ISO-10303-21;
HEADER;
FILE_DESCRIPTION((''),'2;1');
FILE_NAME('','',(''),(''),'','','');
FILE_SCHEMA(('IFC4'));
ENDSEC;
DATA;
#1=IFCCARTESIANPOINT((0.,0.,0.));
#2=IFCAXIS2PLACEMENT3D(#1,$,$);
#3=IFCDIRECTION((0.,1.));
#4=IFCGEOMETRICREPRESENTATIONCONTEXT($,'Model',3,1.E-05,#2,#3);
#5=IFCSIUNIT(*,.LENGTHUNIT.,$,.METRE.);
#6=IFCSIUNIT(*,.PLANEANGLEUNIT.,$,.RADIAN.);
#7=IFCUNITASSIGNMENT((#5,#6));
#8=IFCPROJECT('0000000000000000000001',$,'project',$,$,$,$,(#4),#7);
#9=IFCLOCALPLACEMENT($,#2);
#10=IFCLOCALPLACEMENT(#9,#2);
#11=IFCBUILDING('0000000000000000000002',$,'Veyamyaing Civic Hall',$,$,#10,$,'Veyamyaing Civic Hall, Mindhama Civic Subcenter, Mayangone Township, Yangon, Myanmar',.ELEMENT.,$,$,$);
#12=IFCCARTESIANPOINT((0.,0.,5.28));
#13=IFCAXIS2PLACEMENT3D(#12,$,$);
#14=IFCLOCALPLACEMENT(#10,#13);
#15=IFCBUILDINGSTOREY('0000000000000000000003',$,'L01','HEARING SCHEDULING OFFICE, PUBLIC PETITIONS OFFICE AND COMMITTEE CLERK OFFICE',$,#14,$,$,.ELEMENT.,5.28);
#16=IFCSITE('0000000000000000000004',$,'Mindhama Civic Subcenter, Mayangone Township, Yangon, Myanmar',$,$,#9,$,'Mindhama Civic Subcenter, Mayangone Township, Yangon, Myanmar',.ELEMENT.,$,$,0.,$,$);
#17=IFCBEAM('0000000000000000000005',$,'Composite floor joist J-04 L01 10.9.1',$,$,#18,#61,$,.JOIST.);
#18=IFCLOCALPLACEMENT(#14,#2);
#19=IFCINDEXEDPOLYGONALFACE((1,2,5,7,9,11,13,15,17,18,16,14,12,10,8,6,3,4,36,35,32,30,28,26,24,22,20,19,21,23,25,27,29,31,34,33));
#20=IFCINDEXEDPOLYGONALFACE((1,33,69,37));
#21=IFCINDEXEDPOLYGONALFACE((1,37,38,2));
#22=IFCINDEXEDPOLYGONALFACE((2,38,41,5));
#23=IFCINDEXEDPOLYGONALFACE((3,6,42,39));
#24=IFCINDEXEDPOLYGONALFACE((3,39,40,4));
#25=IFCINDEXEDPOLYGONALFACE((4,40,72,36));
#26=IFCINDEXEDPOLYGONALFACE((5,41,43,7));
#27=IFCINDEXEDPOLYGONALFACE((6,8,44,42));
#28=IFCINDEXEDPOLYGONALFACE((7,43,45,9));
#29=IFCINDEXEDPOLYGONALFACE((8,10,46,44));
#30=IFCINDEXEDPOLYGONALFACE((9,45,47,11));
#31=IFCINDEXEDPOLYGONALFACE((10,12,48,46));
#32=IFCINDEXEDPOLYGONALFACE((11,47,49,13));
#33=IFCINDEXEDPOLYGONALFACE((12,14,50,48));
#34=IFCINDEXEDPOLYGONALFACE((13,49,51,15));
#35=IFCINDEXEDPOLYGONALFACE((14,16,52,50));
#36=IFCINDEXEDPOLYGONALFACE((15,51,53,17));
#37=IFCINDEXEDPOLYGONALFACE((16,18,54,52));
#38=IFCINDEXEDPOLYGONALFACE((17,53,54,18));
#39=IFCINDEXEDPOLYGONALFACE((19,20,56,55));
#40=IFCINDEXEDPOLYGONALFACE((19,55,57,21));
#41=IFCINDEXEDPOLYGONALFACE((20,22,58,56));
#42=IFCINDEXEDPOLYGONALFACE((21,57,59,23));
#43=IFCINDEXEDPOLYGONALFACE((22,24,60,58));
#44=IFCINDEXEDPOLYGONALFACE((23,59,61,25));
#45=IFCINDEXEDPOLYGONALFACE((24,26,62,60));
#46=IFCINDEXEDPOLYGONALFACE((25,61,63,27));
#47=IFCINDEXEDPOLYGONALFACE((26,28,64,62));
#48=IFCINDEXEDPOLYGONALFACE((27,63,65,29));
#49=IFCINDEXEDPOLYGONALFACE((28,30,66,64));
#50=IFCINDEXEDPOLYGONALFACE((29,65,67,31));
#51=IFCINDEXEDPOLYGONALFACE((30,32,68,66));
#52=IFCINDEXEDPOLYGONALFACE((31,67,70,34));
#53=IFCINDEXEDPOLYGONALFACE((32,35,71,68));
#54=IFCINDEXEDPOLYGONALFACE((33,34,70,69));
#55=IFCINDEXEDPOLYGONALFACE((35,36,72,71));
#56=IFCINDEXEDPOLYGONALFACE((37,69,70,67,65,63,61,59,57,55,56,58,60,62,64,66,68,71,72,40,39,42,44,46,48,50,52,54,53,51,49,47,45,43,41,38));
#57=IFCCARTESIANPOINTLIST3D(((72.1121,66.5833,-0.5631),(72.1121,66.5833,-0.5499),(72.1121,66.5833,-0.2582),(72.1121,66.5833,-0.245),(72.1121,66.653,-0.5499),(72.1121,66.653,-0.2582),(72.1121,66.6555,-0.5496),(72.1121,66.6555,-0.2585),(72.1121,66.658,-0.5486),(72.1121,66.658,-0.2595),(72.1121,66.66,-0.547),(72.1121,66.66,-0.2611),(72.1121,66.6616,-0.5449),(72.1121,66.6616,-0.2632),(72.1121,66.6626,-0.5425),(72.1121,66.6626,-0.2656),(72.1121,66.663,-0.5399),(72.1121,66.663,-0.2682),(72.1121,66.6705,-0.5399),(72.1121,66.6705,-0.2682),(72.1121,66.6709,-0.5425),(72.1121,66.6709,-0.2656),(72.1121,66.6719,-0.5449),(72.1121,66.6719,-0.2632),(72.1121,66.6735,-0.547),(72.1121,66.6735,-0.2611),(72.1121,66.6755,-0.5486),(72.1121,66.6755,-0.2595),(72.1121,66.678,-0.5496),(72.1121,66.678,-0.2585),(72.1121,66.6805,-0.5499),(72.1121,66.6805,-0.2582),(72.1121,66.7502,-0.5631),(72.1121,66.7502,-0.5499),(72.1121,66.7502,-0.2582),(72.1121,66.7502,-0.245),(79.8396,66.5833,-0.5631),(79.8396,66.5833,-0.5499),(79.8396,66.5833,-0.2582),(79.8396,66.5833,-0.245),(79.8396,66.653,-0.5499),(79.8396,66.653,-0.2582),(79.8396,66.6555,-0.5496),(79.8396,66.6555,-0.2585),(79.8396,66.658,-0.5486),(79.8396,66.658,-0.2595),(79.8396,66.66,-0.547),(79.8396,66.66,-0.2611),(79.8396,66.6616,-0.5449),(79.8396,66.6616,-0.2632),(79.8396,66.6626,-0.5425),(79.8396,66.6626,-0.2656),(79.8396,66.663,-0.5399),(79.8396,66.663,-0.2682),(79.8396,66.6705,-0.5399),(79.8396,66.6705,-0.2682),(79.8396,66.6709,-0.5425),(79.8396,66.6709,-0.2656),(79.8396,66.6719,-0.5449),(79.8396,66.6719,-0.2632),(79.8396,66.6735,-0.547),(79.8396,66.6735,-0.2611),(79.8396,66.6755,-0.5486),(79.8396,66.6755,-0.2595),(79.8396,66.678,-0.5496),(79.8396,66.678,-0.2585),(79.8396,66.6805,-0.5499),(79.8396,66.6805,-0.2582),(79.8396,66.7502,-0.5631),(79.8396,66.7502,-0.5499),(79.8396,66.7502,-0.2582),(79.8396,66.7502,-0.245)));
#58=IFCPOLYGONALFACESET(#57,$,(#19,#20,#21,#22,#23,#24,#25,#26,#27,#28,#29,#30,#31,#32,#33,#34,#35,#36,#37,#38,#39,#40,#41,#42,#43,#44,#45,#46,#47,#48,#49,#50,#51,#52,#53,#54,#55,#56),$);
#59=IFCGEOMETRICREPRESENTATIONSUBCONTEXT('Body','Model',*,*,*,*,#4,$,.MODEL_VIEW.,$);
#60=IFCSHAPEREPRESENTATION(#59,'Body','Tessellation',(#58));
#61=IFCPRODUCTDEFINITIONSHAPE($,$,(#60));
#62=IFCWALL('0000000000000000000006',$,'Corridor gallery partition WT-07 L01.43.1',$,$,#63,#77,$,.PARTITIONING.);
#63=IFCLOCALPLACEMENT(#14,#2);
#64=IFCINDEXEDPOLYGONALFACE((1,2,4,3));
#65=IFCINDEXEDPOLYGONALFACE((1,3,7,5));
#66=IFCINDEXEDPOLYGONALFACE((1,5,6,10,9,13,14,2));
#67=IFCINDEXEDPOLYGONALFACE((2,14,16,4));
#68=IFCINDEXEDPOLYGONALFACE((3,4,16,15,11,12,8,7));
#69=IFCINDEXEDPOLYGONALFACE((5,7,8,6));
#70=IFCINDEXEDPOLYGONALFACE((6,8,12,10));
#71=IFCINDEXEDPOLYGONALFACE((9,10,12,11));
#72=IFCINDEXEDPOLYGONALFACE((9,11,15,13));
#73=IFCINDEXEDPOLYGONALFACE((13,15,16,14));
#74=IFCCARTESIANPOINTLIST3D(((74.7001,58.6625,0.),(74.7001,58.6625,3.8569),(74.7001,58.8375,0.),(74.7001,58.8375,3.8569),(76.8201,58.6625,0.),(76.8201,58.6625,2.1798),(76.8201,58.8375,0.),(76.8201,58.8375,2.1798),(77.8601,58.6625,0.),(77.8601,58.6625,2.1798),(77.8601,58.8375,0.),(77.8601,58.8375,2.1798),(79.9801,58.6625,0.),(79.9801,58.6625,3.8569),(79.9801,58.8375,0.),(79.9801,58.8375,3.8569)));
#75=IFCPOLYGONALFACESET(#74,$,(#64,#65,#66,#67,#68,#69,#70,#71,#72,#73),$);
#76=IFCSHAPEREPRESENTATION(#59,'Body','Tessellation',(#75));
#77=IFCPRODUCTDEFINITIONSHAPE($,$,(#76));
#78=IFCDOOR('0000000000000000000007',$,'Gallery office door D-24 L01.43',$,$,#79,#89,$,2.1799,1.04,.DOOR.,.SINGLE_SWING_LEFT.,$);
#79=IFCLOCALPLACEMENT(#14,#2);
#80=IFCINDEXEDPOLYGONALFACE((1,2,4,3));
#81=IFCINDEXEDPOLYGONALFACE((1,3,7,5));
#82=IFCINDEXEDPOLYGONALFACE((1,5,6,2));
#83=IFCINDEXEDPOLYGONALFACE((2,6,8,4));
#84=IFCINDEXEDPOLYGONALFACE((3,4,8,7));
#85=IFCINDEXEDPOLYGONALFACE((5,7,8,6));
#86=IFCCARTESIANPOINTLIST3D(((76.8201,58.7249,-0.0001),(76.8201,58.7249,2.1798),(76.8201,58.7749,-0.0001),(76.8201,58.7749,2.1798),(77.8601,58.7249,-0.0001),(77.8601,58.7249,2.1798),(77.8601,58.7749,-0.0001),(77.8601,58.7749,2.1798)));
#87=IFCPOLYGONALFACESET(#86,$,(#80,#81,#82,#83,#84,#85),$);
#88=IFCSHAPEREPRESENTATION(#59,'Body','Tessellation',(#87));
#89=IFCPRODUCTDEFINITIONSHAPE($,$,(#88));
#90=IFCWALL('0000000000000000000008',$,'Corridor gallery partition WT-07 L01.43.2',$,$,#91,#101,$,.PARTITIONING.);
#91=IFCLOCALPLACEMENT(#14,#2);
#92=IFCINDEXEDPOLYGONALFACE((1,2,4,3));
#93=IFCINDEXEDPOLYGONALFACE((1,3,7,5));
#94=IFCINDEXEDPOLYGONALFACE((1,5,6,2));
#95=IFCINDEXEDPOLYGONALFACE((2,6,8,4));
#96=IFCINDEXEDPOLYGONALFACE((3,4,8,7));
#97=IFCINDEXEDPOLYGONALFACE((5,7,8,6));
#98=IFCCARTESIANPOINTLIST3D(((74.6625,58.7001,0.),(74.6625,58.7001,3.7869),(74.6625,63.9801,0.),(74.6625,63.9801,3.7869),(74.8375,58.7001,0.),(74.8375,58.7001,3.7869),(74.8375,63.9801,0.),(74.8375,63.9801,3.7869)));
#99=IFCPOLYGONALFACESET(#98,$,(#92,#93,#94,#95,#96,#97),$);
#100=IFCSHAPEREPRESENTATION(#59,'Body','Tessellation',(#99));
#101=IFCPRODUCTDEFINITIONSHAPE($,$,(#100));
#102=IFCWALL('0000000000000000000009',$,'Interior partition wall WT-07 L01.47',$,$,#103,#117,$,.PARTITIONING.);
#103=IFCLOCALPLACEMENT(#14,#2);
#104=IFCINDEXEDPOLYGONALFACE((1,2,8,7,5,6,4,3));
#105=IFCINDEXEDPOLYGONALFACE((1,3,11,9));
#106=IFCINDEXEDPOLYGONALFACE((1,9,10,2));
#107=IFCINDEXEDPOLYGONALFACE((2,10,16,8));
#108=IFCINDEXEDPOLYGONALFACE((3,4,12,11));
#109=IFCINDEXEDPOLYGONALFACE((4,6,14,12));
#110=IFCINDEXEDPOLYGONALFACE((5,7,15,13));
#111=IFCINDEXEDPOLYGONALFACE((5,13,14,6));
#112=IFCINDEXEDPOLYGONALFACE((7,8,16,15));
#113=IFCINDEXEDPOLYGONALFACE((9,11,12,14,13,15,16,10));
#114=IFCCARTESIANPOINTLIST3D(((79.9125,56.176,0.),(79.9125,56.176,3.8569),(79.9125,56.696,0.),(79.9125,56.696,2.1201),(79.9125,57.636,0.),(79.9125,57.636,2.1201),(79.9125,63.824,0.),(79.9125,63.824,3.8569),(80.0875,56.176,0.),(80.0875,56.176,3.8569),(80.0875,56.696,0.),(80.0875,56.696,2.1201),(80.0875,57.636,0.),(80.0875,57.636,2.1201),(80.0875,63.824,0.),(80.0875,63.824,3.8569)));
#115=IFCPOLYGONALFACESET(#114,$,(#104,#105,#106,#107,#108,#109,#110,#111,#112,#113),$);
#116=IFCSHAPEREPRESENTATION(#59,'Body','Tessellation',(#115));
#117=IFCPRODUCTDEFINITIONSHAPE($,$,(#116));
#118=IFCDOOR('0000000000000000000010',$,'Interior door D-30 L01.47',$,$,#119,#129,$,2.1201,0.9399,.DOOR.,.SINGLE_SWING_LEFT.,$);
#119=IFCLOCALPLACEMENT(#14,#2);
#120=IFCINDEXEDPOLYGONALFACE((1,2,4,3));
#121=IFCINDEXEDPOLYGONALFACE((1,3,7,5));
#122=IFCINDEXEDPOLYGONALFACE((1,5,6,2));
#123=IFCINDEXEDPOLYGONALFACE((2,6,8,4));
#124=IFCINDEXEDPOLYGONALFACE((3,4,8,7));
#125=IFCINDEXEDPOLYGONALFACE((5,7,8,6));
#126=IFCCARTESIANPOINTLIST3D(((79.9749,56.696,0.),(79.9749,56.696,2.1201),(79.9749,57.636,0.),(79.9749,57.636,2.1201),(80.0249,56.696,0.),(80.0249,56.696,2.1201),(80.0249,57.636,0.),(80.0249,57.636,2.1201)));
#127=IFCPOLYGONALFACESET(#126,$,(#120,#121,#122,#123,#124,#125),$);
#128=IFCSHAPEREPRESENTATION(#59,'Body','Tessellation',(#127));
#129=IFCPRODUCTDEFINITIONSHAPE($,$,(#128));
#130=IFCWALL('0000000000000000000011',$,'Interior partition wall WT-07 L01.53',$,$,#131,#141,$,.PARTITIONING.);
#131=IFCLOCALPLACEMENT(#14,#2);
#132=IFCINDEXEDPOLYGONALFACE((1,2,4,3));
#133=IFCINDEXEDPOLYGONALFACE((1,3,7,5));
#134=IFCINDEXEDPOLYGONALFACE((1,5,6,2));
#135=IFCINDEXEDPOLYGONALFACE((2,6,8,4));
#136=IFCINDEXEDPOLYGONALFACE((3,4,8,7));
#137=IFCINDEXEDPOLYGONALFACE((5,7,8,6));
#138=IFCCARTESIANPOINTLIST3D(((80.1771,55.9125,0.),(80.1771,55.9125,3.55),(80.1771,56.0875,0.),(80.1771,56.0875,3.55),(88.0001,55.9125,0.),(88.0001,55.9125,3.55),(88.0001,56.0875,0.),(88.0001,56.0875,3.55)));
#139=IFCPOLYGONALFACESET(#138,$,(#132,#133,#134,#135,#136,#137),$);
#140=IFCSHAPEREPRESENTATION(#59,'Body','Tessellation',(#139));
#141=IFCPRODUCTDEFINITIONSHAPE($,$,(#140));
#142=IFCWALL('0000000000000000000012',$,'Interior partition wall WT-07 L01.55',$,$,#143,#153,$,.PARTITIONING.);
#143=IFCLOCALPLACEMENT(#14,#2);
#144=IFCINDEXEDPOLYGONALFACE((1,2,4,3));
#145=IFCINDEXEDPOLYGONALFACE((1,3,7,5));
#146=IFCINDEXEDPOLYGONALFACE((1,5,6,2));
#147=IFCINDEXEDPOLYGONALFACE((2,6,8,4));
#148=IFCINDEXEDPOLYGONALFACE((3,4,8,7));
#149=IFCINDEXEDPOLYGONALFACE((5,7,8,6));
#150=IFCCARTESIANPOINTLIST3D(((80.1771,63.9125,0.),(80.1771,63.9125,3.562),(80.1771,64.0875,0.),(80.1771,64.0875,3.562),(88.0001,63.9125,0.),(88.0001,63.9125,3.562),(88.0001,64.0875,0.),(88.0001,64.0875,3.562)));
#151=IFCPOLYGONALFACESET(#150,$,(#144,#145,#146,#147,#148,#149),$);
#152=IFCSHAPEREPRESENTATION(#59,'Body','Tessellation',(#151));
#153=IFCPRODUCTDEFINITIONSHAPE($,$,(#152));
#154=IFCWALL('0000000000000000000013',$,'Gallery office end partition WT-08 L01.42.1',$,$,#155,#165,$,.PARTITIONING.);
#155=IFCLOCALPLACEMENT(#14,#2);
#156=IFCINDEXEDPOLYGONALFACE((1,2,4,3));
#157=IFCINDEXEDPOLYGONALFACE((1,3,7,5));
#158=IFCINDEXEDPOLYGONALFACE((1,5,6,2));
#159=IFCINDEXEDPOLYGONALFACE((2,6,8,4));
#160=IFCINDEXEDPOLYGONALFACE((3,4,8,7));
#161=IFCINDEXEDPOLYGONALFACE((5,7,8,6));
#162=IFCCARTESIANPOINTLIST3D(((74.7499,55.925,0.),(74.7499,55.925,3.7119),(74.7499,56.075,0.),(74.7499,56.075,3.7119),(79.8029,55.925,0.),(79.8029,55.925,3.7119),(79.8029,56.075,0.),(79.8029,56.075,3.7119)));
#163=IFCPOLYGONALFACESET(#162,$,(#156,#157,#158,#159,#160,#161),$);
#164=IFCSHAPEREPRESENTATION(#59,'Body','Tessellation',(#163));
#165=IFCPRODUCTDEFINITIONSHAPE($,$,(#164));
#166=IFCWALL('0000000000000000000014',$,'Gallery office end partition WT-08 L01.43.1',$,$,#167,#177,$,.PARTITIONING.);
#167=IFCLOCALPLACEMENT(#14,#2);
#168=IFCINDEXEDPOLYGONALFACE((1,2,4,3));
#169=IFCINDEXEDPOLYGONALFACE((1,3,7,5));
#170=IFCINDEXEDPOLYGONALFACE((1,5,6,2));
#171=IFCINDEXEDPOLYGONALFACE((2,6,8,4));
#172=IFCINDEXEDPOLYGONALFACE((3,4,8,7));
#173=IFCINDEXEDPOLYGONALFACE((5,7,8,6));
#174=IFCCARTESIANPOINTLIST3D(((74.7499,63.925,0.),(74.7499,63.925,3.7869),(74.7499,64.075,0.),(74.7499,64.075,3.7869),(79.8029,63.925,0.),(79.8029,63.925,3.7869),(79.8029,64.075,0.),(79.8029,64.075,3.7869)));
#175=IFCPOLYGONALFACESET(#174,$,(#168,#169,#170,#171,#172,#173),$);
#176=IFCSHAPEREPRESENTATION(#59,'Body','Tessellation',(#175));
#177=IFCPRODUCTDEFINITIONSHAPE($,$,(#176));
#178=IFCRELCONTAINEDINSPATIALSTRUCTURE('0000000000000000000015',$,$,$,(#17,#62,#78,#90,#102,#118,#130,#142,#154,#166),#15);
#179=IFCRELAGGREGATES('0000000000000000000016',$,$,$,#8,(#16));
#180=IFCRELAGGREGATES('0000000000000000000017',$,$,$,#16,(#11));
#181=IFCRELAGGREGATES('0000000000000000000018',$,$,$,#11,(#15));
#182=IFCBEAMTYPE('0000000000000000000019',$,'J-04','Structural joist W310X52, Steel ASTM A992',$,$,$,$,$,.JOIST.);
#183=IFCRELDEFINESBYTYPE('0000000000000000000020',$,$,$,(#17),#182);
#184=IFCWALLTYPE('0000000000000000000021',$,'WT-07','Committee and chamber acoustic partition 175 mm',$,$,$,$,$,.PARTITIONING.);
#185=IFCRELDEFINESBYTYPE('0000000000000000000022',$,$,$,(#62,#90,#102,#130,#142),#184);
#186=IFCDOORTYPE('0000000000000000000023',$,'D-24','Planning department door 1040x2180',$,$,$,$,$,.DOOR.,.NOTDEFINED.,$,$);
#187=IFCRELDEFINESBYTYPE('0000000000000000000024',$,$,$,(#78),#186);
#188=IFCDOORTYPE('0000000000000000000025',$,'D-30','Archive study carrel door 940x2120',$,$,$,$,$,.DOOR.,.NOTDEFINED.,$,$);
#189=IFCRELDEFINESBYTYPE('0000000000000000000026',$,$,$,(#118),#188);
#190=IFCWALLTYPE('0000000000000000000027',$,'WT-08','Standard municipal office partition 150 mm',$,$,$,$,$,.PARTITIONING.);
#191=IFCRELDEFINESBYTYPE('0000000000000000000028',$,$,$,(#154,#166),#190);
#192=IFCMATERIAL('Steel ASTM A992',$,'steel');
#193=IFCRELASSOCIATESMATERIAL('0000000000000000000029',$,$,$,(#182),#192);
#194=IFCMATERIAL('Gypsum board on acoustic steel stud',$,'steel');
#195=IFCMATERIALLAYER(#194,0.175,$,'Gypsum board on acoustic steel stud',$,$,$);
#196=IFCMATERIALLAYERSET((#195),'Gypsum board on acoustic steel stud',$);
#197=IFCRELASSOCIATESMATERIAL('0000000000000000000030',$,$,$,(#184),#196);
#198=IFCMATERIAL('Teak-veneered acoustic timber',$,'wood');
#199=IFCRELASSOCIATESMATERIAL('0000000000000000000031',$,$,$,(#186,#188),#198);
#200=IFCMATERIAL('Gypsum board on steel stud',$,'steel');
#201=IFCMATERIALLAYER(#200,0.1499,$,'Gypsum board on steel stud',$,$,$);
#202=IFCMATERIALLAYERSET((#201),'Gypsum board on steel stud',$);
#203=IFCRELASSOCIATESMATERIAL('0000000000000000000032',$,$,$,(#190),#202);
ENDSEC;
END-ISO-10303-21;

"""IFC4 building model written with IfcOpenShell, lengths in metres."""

from ifc_helpers import new_model, si_unit, direction, frame, frame_2d, origin, origin_2d, place, context, subcontext, project, spatial, rectangle, i_section, extrude, material, layer, layer_set, material_profile, profile_set, type_object, element, fill, save


model = new_model("IFC4")

# Units and contexts
model_context = context("Model", 3, precision=1e-05, world=origin(), true_north=direction((0.0, 1.0)))
body_context = subcontext(model_context, "Body", "Model", "MODEL_VIEW")
ifc_project = project(units=[si_unit("LENGTHUNIT", "METRE"), si_unit("PLANEANGLEUNIT", "RADIAN")], contexts=[model_context])

# Site, building, storey
site_placement = place(None, origin())
site = spatial("IfcSite", under=ifc_project, at=site_placement, Name="Mindhama Civic Subcenter, Mayangone Township, Yangon, Myanmar", LongName="Mindhama Civic Subcenter, Mayangone Township, Yangon, Myanmar", CompositionType="ELEMENT", RefElevation=0.0)
building_placement = place(site_placement, origin())
building = spatial("IfcBuilding", under=site, at=building_placement, Name="Veyamyaing Civic Hall", LongName="Veyamyaing Civic Hall, Mindhama Civic Subcenter, Mayangone Township, Yangon, Myanmar", CompositionType="ELEMENT")
storey_placement = place(building_placement, frame((0.0, 0.0, 5.28)))
storey = spatial("IfcBuildingStorey", under=building, at=storey_placement, Name="L01", Description="HEARING SCHEDULING OFFICE, PUBLIC PETITIONS OFFICE AND COMMITTEE CLERK OFFICE", CompositionType="ELEMENT", Elevation=5.28)

# Beam
ifc_material_1 = material(Name="Steel ASTM A992", Category="steel")
ifc_material_profile_1 = material_profile(ifc_material_1, i_section(OverallWidth=0.167, OverallDepth=0.3181, WebThickness=0.0076, FlangeThickness=0.0132, FilletRadius=0.01, at=origin_2d()), Name="W310X52")
ifc_profile_set_1 = profile_set([ifc_material_profile_1], Name="Steel ASTM A992")
beam_type_1 = type_object("IfcBeamType", Name="J-04", Description="Structural joist W310X52, Steel ASTM A992", PredefinedType="JOIST", material=ifc_profile_set_1)
beam_1_placement = place(storey_placement, frame((72.1121, 66.6667, -0.4041), z_axis=(1.0, 0.0, 0.0), x_axis=(0.0, 1.0, 0.0)))
element("IfcBeam", 1, at=beam_1_placement, inside=storey, type_object=beam_type_1, Name="Composite floor joist J-04 L01 10.9.1", PredefinedType="JOIST", context=body_context, shape_type="SweptSolid", body=[
    extrude(i_section(OverallWidth=0.167, OverallDepth=0.3181, WebThickness=0.0076, FlangeThickness=0.0132, FilletRadius=0.01, at=origin_2d()), origin(), (0.0, 0.0, 1.0), 7.7275),
])

# Wall, opening, door
ifc_material_2 = material(Name="Gypsum board on acoustic steel stud", Category="steel")
ifc_layer_1 = layer(ifc_material_2, 0.175, Name="Gypsum board on acoustic steel stud")
ifc_layer_set_1 = layer_set([ifc_layer_1], Name="Gypsum board on acoustic steel stud")
wall_type_1 = type_object("IfcWallType", Name="WT-07", Description="Committee and chamber acoustic partition 175 mm", PredefinedType="PARTITIONING", material=ifc_layer_set_1)
wall_1_placement = place(storey_placement, frame((74.7, 58.75, 0.0), z_axis=(0.0, 0.0, 1.0), x_axis=(1.0, 0.0, 0.0)))
wall_1 = element("IfcWall", 2, at=wall_1_placement, inside=storey, type_object=wall_type_1, Name="Corridor gallery partition WT-07 L01.43.1", PredefinedType="PARTITIONING", context=body_context, shape_type="SweptSolid", body=[
    extrude(rectangle(XDim=5.28, YDim=0.175, at=frame_2d((2.6401, 0.0))), origin(), (0.0, 0.0, 1.0), 3.8569),
])
opening_1_placement = place(wall_1_placement, frame((2.1201, 0.0, 0.0)))
opening_1 = element("IfcOpeningElement", 3, at=opening_1_placement, cuts=wall_1, PredefinedType="OPENING", context=body_context, shape_type="SweptSolid", body=[
    extrude(rectangle(XDim=1.04, YDim=2.1799, at=frame_2d((0.52, 1.0898))), frame((0.0, 0.0974, 0.0), z_axis=(0.0, -1.0, 0.0), x_axis=(1.0, 0.0, 0.0)), (0.0, 0.0, 1.0), 0.1951),
])
ifc_material_3 = material(Name="Teak-veneered acoustic timber", Category="wood")
door_type_1 = type_object("IfcDoorType", Name="D-24", Description="Planning department door 1040x2180", OperationType="NOTDEFINED", PredefinedType="DOOR", material=ifc_material_3)
door_1_placement = place(opening_1_placement, origin())
door_1 = element("IfcDoor", 4, at=door_1_placement, inside=storey, type_object=door_type_1, Name="Gallery office door D-24 L01.43", OperationType="SINGLE_SWING_LEFT", OverallHeight=2.1799, OverallWidth=1.04, PredefinedType="DOOR", context=body_context, shape_type="SweptSolid", body=[
    extrude(rectangle(XDim=1.04, YDim=2.1799, at=frame_2d((0.52, 1.0898))), frame((0.0, 0.0249, 0.0), z_axis=(0.0, -1.0, 0.0), x_axis=(1.0, 0.0, 0.0)), (0.0, 0.0, 1.0), 0.05),
])
fill(opening_1, door_1)

# Wall
wall_2_placement = place(storey_placement, frame((74.75, 58.7, 0.0), z_axis=(0.0, 0.0, 1.0), x_axis=(0.0, 1.0, 0.0)))
element("IfcWall", 5, at=wall_2_placement, inside=storey, type_object=wall_type_1, Name="Corridor gallery partition WT-07 L01.43.2", PredefinedType="PARTITIONING", context=body_context, shape_type="SweptSolid", body=[
    extrude(rectangle(XDim=5.28, YDim=0.175, at=frame_2d((2.6401, 0.0))), origin(), (0.0, 0.0, 1.0), 3.7869),
])

# Wall, opening, door
wall_3_placement = place(storey_placement, frame((80.0, 56.176, 0.0), z_axis=(0.0, 0.0, 1.0), x_axis=(0.0, 1.0, 0.0)))
wall_3 = element("IfcWall", 6, at=wall_3_placement, inside=storey, type_object=wall_type_1, Name="Interior partition wall WT-07 L01.47", PredefinedType="PARTITIONING", context=body_context, shape_type="SweptSolid", body=[
    extrude(rectangle(XDim=7.6479, YDim=0.175, at=frame_2d((3.824, 0.0))), origin(), (0.0, 0.0, 1.0), 3.8569),
])
opening_2_placement = place(wall_3_placement, frame((0.52, 0.0, 0.0)))
opening_2 = element("IfcOpeningElement", 7, at=opening_2_placement, cuts=wall_3, PredefinedType="OPENING", context=body_context, shape_type="SweptSolid", body=[
    extrude(rectangle(XDim=0.9399, YDim=2.1201, at=frame_2d((0.47, 1.0601))), frame((0.0, 0.0974, 0.0), z_axis=(0.0, -1.0, 0.0), x_axis=(1.0, 0.0, 0.0)), (0.0, 0.0, 1.0), 0.1951),
])
door_type_2 = type_object("IfcDoorType", Name="D-30", Description="Archive study carrel door 940x2120", OperationType="NOTDEFINED", PredefinedType="DOOR", material=ifc_material_3)
door_2_placement = place(opening_2_placement, frame((0.9399, 0.0, 0.0), z_axis=(0.0, 0.0, 1.0), x_axis=(-1.0, 0.0, 0.0)))
door_2 = element("IfcDoor", 8, at=door_2_placement, inside=storey, type_object=door_type_2, Name="Interior door D-30 L01.47", OperationType="SINGLE_SWING_LEFT", OverallHeight=2.1201, OverallWidth=0.9399, PredefinedType="DOOR", context=body_context, shape_type="SweptSolid", body=[
    extrude(rectangle(XDim=0.9399, YDim=2.1201, at=frame_2d((0.47, 1.0601))), frame((0.0, 0.0249, 0.0), z_axis=(0.0, -1.0, 0.0), x_axis=(1.0, 0.0, 0.0)), (0.0, 0.0, 1.0), 0.05),
])
fill(opening_2, door_2)

# Walls
wall_4_placement = place(storey_placement, frame((80.177, 56.0, 0.0), z_axis=(0.0, 0.0, 1.0), x_axis=(1.0, 0.0, 0.0)))
element("IfcWall", 9, at=wall_4_placement, inside=storey, type_object=wall_type_1, Name="Interior partition wall WT-07 L01.53", PredefinedType="PARTITIONING", context=body_context, shape_type="SweptSolid", body=[
    extrude(rectangle(XDim=7.823, YDim=0.175, at=frame_2d((3.9116, 0.0))), origin(), (0.0, 0.0, 1.0), 3.55),
])
wall_5_placement = place(storey_placement, frame((80.177, 64.0, 0.0), z_axis=(0.0, 0.0, 1.0), x_axis=(1.0, 0.0, 0.0)))
element("IfcWall", 10, at=wall_5_placement, inside=storey, type_object=wall_type_1, Name="Interior partition wall WT-07 L01.55", PredefinedType="PARTITIONING", context=body_context, shape_type="SweptSolid", body=[
    extrude(rectangle(XDim=7.823, YDim=0.175, at=frame_2d((3.9116, 0.0))), origin(), (0.0, 0.0, 1.0), 3.562),
])
ifc_material_4 = material(Name="Gypsum board on steel stud", Category="steel")
ifc_layer_2 = layer(ifc_material_4, 0.1499, Name="Gypsum board on steel stud")
ifc_layer_set_2 = layer_set([ifc_layer_2], Name="Gypsum board on steel stud")
wall_type_2 = type_object("IfcWallType", Name="WT-08", Description="Standard municipal office partition 150 mm", PredefinedType="PARTITIONING", material=ifc_layer_set_2)
wall_6_placement = place(storey_placement, frame((74.75, 56.0, 0.0), z_axis=(0.0, 0.0, 1.0), x_axis=(1.0, 0.0, 0.0)))
element("IfcWall", 11, at=wall_6_placement, inside=storey, type_object=wall_type_2, Name="Gallery office end partition WT-08 L01.42.1", PredefinedType="PARTITIONING", context=body_context, shape_type="SweptSolid", body=[
    extrude(rectangle(XDim=5.053, YDim=0.1499, at=frame_2d((2.5264, 0.0))), origin(), (0.0, 0.0, 1.0), 3.7119),
])
wall_7_placement = place(storey_placement, frame((74.75, 64.0, 0.0), z_axis=(0.0, 0.0, 1.0), x_axis=(1.0, 0.0, 0.0)))
element("IfcWall", 12, at=wall_7_placement, inside=storey, type_object=wall_type_2, Name="Gallery office end partition WT-08 L01.43.1", PredefinedType="PARTITIONING", context=body_context, shape_type="SweptSolid", body=[
    extrude(rectangle(XDim=5.053, YDim=0.1499, at=frame_2d((2.5264, 0.0))), origin(), (0.0, 0.0, 1.0), 3.7869),
])

save(model, "model.ifc")
